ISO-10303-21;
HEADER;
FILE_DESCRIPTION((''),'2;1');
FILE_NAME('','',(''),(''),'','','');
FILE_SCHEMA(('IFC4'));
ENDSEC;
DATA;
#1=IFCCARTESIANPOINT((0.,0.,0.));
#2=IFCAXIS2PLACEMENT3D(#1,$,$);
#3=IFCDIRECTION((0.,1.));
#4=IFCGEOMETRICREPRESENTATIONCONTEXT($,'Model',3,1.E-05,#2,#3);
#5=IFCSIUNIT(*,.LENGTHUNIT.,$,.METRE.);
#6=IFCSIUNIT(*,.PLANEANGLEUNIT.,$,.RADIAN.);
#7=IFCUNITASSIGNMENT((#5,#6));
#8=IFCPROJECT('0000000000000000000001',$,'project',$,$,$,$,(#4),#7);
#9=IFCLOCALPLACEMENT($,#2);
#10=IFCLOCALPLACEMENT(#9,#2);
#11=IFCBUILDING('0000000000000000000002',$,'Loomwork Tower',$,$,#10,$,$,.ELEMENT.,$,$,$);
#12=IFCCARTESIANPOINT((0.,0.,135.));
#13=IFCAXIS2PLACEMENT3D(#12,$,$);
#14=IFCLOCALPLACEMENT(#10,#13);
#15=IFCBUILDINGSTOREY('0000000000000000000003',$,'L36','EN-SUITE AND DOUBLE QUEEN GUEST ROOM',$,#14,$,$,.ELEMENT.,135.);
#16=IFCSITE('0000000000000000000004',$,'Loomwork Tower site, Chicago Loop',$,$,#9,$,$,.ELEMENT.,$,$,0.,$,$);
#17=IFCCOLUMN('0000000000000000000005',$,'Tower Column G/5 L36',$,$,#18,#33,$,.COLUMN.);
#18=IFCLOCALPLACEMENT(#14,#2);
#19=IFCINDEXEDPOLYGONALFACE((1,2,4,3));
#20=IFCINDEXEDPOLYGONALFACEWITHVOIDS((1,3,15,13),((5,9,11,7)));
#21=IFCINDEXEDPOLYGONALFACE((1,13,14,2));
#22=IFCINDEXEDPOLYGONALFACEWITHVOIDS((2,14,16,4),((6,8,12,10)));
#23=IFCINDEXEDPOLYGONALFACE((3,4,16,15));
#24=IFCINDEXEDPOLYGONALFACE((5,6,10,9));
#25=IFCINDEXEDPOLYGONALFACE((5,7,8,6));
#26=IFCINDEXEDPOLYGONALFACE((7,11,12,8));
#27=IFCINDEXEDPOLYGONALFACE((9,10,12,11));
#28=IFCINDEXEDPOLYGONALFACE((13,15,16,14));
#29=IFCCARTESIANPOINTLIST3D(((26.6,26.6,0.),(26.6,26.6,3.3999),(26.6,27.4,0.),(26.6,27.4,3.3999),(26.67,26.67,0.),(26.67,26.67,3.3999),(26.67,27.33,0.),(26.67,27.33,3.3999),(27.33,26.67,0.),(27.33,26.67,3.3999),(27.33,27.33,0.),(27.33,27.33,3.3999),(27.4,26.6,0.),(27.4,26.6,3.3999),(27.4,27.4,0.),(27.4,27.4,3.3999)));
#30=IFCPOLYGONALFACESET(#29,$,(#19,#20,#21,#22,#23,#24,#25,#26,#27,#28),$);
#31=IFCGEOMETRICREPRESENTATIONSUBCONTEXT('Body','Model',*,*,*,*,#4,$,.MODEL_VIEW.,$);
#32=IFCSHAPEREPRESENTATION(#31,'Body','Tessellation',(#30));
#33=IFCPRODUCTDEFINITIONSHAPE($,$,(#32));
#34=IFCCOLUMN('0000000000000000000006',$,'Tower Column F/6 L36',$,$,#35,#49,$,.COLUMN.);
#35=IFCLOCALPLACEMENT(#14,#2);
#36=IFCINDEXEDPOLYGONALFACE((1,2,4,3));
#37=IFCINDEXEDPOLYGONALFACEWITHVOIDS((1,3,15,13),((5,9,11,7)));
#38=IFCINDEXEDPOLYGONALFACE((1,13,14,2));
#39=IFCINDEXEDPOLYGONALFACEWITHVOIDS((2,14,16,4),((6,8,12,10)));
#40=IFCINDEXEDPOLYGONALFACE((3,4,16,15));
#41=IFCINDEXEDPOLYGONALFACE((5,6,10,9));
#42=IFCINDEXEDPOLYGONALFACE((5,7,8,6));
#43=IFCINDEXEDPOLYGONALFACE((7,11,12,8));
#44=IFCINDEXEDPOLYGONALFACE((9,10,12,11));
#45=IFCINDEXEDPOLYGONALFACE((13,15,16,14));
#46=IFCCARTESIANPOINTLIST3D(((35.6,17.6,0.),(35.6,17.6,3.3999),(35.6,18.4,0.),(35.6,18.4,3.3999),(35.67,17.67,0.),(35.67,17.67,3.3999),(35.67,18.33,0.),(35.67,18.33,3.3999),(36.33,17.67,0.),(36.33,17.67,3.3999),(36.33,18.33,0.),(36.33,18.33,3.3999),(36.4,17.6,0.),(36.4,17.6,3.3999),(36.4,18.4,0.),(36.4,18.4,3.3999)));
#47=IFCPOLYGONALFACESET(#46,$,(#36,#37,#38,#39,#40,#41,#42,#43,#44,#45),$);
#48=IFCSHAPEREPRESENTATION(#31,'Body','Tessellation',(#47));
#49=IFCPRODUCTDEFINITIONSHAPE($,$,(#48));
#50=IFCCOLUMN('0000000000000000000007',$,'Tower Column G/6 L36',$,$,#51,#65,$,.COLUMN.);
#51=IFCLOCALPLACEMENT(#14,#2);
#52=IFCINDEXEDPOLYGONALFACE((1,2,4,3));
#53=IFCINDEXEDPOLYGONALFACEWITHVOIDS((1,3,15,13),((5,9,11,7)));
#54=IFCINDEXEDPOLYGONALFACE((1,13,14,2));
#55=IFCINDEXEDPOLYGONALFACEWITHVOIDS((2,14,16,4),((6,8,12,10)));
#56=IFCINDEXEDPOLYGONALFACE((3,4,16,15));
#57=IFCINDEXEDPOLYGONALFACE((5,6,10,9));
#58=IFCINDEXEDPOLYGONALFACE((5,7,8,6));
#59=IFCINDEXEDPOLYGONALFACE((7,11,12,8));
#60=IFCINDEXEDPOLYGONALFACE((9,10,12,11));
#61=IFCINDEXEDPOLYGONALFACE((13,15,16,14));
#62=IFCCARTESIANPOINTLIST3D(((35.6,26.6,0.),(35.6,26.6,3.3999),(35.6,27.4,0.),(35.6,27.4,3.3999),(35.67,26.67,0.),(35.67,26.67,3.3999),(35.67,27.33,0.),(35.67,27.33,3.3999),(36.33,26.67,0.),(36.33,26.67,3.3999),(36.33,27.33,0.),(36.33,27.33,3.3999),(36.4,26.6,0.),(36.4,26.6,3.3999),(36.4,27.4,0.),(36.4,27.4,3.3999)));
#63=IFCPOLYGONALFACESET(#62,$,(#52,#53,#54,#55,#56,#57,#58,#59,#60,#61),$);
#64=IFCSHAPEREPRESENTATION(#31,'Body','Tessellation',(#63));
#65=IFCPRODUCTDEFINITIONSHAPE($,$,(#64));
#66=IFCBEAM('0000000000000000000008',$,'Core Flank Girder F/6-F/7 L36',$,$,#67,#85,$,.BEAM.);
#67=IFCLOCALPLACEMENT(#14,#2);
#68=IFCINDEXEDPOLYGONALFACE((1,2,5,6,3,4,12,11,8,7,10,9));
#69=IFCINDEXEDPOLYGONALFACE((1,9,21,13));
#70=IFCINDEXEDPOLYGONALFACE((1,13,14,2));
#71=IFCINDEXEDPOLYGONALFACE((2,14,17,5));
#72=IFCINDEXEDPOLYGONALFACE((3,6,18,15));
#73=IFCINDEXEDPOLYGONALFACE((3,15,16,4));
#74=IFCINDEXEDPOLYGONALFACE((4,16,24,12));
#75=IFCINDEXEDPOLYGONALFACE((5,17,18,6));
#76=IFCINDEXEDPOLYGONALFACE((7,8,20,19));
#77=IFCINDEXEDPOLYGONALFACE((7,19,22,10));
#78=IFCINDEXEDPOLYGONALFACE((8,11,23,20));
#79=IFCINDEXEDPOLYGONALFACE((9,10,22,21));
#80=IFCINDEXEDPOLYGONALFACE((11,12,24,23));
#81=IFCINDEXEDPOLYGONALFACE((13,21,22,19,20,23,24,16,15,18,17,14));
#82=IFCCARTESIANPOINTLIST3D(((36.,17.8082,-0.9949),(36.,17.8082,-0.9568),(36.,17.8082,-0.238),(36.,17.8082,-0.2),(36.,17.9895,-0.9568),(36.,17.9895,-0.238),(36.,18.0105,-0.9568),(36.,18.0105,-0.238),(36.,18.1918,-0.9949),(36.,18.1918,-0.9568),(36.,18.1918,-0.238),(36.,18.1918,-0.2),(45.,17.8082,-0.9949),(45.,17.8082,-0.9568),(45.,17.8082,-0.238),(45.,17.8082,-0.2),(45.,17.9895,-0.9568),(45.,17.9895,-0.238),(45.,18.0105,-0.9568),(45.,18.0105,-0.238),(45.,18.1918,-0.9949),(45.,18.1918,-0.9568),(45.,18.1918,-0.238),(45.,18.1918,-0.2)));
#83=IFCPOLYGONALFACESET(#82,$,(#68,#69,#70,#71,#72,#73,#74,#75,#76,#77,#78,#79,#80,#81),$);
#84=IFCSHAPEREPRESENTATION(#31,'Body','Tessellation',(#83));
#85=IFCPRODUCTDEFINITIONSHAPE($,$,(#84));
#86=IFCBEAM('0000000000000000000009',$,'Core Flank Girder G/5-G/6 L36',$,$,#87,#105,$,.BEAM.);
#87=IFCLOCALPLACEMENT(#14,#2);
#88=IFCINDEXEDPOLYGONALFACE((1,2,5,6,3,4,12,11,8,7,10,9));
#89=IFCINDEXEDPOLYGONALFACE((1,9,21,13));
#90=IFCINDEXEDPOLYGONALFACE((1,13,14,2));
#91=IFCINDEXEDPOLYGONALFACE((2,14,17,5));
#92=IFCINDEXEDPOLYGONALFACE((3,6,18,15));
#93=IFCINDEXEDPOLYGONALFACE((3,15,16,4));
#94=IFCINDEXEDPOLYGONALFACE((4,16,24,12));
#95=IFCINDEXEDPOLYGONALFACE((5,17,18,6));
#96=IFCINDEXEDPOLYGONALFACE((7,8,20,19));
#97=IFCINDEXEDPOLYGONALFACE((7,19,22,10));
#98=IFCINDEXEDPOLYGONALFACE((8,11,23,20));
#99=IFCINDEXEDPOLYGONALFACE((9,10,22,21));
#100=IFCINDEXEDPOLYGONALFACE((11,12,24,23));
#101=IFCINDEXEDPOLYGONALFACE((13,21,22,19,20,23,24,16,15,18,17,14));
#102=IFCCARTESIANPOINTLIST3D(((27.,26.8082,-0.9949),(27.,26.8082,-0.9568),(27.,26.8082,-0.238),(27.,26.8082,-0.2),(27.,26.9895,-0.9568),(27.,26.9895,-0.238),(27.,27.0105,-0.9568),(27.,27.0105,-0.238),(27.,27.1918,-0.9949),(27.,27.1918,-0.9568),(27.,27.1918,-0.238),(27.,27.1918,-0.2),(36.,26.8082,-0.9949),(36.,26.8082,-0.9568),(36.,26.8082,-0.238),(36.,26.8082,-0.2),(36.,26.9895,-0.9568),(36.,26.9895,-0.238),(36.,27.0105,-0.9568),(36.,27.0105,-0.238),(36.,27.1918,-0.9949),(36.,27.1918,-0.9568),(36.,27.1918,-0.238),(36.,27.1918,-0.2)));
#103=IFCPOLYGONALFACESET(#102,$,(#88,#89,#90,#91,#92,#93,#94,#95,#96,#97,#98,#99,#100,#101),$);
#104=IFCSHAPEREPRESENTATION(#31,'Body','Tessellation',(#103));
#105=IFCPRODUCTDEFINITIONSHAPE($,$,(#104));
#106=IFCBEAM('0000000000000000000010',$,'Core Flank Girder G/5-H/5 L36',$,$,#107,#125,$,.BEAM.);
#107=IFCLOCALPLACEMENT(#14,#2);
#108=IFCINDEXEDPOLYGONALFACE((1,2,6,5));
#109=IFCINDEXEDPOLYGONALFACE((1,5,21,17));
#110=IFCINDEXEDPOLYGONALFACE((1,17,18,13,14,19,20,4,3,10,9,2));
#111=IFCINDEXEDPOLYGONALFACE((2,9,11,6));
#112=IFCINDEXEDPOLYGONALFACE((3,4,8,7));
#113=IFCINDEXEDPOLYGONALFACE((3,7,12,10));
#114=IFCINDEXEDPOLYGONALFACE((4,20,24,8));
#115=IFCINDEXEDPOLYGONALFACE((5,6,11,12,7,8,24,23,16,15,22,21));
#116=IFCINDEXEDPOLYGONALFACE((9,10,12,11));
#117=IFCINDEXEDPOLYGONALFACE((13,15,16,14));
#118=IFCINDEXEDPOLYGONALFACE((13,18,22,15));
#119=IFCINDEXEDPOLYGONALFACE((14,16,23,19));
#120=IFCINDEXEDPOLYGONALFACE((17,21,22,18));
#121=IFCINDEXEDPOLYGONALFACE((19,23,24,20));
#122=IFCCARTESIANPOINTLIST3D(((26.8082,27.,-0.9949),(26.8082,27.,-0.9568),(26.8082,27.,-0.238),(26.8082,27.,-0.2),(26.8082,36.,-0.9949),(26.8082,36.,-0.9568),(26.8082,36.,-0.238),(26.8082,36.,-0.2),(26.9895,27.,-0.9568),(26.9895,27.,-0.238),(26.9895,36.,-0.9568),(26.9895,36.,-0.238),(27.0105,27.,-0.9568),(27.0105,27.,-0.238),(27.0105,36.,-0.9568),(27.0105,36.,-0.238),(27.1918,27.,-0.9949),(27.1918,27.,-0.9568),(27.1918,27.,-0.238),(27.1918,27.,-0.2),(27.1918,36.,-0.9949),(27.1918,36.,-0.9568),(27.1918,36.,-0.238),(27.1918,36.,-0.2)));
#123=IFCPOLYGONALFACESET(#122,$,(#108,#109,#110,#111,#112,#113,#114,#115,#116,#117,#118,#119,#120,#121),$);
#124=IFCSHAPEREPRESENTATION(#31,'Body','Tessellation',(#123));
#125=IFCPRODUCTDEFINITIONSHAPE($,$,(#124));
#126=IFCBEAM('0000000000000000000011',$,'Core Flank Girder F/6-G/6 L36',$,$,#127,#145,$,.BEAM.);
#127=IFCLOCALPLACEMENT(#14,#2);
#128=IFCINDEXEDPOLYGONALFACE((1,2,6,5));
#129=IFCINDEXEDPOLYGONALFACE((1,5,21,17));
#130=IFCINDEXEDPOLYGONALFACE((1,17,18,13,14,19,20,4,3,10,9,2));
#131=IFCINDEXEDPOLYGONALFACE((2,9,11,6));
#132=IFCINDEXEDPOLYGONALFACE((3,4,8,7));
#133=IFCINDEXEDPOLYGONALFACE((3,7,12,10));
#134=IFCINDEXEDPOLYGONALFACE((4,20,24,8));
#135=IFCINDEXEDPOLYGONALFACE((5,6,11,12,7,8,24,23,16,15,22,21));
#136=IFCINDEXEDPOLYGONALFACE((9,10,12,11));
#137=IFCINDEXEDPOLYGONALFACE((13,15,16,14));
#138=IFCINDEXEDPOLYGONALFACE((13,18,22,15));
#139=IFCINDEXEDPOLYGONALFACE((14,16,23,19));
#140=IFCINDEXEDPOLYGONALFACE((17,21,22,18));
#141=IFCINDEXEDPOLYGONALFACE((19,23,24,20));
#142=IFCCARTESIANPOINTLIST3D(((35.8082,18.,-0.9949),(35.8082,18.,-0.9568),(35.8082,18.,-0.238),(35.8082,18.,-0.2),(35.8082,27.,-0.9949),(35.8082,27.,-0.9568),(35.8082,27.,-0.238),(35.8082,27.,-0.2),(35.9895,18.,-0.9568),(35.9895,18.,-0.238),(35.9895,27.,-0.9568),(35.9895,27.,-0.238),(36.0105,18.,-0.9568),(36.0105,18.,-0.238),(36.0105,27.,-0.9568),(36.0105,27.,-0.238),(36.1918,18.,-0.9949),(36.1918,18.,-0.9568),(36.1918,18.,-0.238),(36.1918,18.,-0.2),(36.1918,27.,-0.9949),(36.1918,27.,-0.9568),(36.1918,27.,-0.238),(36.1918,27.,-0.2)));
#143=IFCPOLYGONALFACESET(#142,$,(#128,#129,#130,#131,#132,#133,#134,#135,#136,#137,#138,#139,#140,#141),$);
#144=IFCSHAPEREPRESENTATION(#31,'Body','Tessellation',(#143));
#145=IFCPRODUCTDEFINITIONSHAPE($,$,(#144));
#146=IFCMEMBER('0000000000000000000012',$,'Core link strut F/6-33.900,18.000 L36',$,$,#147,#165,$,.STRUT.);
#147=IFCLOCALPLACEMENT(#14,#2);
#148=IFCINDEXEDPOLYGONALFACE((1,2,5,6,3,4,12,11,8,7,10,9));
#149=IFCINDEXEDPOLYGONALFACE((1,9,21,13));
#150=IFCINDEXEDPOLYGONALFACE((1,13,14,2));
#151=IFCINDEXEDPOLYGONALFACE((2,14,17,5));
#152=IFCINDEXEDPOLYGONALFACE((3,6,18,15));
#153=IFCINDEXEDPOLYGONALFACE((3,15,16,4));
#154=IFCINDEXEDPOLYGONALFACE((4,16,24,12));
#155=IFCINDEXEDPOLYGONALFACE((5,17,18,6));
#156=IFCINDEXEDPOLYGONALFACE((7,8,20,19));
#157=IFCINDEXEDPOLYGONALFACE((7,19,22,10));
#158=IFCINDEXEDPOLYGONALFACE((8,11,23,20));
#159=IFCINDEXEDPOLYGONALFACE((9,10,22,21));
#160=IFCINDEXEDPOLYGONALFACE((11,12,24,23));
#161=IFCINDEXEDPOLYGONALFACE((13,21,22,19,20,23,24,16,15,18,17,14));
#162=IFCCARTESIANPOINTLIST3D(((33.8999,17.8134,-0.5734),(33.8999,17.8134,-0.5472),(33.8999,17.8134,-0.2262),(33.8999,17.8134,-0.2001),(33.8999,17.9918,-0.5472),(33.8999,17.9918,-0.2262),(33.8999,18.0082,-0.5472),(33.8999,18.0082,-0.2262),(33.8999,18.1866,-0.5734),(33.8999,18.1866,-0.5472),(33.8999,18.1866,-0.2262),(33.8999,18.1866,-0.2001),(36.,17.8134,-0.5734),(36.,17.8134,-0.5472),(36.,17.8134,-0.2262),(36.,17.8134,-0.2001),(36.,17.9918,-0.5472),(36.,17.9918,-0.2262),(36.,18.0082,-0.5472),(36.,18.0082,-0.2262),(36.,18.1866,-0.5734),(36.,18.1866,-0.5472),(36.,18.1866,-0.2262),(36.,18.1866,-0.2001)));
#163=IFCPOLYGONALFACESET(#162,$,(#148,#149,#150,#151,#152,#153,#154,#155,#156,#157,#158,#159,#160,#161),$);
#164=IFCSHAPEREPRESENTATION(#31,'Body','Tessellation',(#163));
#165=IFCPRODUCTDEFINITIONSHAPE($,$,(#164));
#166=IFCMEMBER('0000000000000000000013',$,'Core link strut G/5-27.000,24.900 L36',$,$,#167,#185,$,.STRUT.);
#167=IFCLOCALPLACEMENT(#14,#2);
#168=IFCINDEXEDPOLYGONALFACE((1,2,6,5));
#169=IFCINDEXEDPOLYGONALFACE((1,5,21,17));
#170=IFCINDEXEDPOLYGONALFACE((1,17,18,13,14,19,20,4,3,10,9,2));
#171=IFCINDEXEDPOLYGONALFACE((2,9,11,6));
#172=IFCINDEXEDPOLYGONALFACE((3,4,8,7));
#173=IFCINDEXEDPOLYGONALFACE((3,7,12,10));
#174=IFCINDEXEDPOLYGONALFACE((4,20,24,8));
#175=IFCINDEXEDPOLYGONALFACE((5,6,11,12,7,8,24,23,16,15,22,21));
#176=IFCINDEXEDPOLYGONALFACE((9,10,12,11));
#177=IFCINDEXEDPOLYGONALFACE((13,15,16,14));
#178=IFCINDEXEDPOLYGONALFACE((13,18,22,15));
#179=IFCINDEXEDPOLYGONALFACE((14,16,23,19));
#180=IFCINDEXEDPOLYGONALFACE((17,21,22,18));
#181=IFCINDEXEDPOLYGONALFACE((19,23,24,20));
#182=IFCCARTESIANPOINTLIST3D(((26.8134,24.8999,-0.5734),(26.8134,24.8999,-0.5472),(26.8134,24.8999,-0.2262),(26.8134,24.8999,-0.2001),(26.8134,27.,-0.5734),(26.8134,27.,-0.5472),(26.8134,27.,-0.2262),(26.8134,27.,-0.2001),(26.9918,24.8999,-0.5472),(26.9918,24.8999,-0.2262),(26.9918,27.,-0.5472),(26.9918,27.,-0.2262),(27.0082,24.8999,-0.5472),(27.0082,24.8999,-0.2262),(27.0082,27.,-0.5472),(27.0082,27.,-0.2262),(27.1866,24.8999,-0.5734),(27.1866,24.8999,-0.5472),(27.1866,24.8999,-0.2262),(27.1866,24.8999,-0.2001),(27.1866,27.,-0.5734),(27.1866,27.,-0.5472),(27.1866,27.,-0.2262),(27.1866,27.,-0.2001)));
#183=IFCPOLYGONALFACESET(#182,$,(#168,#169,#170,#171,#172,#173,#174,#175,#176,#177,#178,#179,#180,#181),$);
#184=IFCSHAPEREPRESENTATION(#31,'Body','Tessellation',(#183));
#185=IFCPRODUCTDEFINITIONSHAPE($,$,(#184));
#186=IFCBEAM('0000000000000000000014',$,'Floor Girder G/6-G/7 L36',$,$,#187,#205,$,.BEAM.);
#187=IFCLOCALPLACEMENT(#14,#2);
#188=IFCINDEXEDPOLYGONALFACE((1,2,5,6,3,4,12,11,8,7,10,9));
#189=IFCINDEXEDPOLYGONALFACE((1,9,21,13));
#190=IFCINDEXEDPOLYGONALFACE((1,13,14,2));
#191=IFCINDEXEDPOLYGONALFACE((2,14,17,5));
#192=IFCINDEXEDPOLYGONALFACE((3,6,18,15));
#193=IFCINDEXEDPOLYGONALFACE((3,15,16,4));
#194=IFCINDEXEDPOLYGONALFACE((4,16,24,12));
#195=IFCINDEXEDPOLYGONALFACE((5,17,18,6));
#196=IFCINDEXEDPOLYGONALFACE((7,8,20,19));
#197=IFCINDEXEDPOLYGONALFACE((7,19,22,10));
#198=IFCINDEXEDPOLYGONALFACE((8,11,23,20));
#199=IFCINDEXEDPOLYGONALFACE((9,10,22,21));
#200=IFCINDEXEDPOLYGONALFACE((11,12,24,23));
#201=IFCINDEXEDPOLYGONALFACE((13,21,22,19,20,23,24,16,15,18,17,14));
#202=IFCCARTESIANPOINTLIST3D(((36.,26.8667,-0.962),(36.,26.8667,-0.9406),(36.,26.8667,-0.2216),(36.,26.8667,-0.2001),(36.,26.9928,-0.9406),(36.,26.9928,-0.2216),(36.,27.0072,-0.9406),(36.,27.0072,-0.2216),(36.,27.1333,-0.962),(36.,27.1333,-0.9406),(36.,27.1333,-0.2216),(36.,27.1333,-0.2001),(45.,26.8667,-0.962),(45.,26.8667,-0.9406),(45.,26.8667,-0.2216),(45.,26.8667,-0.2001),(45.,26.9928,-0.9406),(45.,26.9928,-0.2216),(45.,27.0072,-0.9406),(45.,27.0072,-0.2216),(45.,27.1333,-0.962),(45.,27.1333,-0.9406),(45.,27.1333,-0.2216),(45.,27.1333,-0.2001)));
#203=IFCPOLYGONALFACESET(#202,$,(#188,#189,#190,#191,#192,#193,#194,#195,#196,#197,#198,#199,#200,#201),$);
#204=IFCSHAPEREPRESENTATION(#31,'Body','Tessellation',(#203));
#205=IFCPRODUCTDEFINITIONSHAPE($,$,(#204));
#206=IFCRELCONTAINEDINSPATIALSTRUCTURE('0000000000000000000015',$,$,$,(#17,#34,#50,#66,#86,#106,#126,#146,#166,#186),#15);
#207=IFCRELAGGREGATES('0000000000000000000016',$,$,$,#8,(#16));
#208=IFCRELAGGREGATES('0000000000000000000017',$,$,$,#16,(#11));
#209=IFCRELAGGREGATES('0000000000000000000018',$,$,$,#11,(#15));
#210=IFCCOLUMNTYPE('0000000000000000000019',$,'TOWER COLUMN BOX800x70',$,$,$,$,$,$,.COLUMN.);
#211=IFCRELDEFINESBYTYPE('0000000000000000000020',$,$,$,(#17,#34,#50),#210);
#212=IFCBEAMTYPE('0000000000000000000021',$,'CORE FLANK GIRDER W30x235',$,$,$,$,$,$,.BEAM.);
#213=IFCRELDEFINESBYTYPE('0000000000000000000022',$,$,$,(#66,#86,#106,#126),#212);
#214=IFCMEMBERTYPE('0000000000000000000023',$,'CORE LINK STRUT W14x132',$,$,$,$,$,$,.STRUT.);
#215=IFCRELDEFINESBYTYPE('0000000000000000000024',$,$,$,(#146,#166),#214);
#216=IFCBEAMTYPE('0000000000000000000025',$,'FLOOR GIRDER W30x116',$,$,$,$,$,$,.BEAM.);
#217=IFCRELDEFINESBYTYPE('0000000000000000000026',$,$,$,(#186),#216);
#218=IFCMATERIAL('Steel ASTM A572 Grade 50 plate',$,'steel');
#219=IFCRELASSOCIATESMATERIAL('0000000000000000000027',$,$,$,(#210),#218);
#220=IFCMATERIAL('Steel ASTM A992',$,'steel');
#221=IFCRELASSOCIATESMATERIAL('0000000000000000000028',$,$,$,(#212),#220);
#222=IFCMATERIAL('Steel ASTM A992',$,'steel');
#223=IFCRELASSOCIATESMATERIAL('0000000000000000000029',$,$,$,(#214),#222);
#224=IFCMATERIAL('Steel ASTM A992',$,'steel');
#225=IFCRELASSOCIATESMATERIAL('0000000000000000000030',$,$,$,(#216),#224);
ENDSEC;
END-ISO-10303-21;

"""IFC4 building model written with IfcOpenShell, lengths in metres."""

from ifc_helpers import new_model, si_unit, direction, frame, origin, origin_2d, place, context, subcontext, project, spatial, hollow_rectangle, i_section, extrude, material, material_profile, profile_set, type_object, element, save


model = new_model("IFC4")

# Units and contexts
model_context = context("Model", 3, precision=1e-05, world=origin(), true_north=direction((0.0, 1.0)))
body_context = subcontext(model_context, "Body", "Model", "MODEL_VIEW")
ifc_project = project(units=[si_unit("LENGTHUNIT", "METRE"), si_unit("PLANEANGLEUNIT", "RADIAN")], contexts=[model_context])

# Site, building, storey
site_placement = place(None, origin())
site = spatial("IfcSite", under=ifc_project, at=site_placement, Name="Loomwork Tower site, Chicago Loop", CompositionType="ELEMENT", RefElevation=0.0)
building_placement = place(site_placement, origin())
building = spatial("IfcBuilding", under=site, at=building_placement, Name="Loomwork Tower", CompositionType="ELEMENT")
storey_placement = place(building_placement, frame((0.0, 0.0, 135.0)))
storey = spatial("IfcBuildingStorey", under=building, at=storey_placement, Name="L36", Description="EN-SUITE AND DOUBLE QUEEN GUEST ROOM", CompositionType="ELEMENT", Elevation=135.0)

# Columns
ifc_material_1 = material(Name="Steel ASTM A572 Grade 50 plate", Category="steel")
ifc_material_profile_1 = material_profile(ifc_material_1, hollow_rectangle(XDim=0.8, YDim=0.8, WallThickness=0.0701, at=origin_2d()), Name="BOX800x70")
ifc_profile_set_1 = profile_set([ifc_material_profile_1], Name="Steel ASTM A572 Grade 50 plate")
column_type = type_object("IfcColumnType", Name="TOWER COLUMN BOX800x70", PredefinedType="COLUMN", material=ifc_profile_set_1)
for number, where, z_axis, x_axis, name in (
    (1, (27.0, 27.0, 0.0), (0.0, 0.0, 1.0), (1.0, 0.0, 0.0), "Tower Column G/5 L36"),
    (2, (36.0, 18.0, 0.0), (0.0, 0.0, 1.0), (0.0, 1.0, 0.0), "Tower Column F/6 L36"),
    (3, (36.0, 27.0, 0.0), (0.0, 0.0, 1.0), (1.0, 0.0, 0.0), "Tower Column G/6 L36"),
):
    element("IfcColumn", number, at=place(storey_placement, frame(where, z_axis=z_axis, x_axis=x_axis)), inside=storey, type_object=column_type, Name=name, PredefinedType="COLUMN", context=body_context, shape_type="SweptSolid", body=[
        extrude(hollow_rectangle(XDim=0.8, YDim=0.8, WallThickness=0.0701, at=origin_2d()), origin(), (0.0, 0.0, 1.0), 3.3999),
    ])

# Beams
ifc_material_2 = material(Name="Steel ASTM A992", Category="steel")
ifc_material_profile_2 = material_profile(ifc_material_2, i_section(OverallWidth=0.3835, OverallDepth=0.7949, WebThickness=0.021, FlangeThickness=0.0381, at=origin_2d()), Name="W30x235")
ifc_profile_set_2 = profile_set([ifc_material_profile_2], Name="Steel ASTM A992")
beam_type_1 = type_object("IfcBeamType", Name="CORE FLANK GIRDER W30x235", PredefinedType="BEAM", material=ifc_profile_set_2)
for number, where, z_axis, x_axis, name in (
    (4, (36.0, 18.0, -0.5974), (1.0, 0.0, 0.0), (0.0, 1.0, 0.0), "Core Flank Girder F/6-F/7 L36"),
    (5, (27.0, 27.0, -0.5974), (1.0, 0.0, 0.0), (0.0, 1.0, 0.0), "Core Flank Girder G/5-G/6 L36"),
    (6, (27.0, 27.0, -0.5974), (0.0, 1.0, 0.0), (-1.0, 0.0, 0.0), "Core Flank Girder G/5-H/5 L36"),
    (7, (36.0, 18.0, -0.5974), (0.0, 1.0, 0.0), (-1.0, 0.0, 0.0), "Core Flank Girder F/6-G/6 L36"),
):
    element("IfcBeam", number, at=place(storey_placement, frame(where, z_axis=z_axis, x_axis=x_axis)), inside=storey, type_object=beam_type_1, Name=name, PredefinedType="BEAM", context=body_context, shape_type="SweptSolid", body=[
        extrude(i_section(OverallWidth=0.3835, OverallDepth=0.7949, WebThickness=0.021, FlangeThickness=0.0381, at=origin_2d()), origin(), (0.0, 0.0, 1.0), 9.0),
    ])

# Members
ifc_material_3 = material(Name="Steel ASTM A992", Category="steel")
ifc_material_profile_3 = material_profile(ifc_material_3, i_section(OverallWidth=0.3733, OverallDepth=0.3733, WebThickness=0.0164, FlangeThickness=0.0261, at=origin_2d()), Name="W14x132")
ifc_profile_set_3 = profile_set([ifc_material_profile_3], Name="Steel ASTM A992")
member_type = type_object("IfcMemberType", Name="CORE LINK STRUT W14x132", PredefinedType="STRUT", material=ifc_profile_set_3)
for number, where, z_axis, x_axis, name in (
    (8, (36.0, 18.0, -0.3867), (-1.0, 0.0, 0.0), (0.0, -1.0, 0.0), "Core link strut F/6-33.900,18.000 L36"),
    (9, (27.0, 27.0, -0.3867), (0.0, -1.0, 0.0), (1.0, 0.0, 0.0), "Core link strut G/5-27.000,24.900 L36"),
):
    element("IfcMember", number, at=place(storey_placement, frame(where, z_axis=z_axis, x_axis=x_axis)), inside=storey, type_object=member_type, Name=name, PredefinedType="STRUT", context=body_context, shape_type="SweptSolid", body=[
        extrude(i_section(OverallWidth=0.3733, OverallDepth=0.3733, WebThickness=0.0164, FlangeThickness=0.0261, at=origin_2d()), origin(), (0.0, 0.0, 1.0), 2.1001),
    ])

# Beam
ifc_material_4 = material(Name="Steel ASTM A992", Category="steel")
ifc_material_profile_4 = material_profile(ifc_material_4, i_section(OverallWidth=0.2666, OverallDepth=0.762, WebThickness=0.0144, FlangeThickness=0.0215, at=origin_2d()), Name="W30x116")
ifc_profile_set_4 = profile_set([ifc_material_profile_4], Name="Steel ASTM A992")
beam_type_2 = type_object("IfcBeamType", Name="FLOOR GIRDER W30x116", PredefinedType="BEAM", material=ifc_profile_set_4)
for number, where, z_axis, x_axis, name in (
    (10, (36.0, 27.0, -0.5811), (1.0, 0.0, 0.0), (0.0, 1.0, 0.0), "Floor Girder G/6-G/7 L36"),
):
    element("IfcBeam", number, at=place(storey_placement, frame(where, z_axis=z_axis, x_axis=x_axis)), inside=storey, type_object=beam_type_2, Name=name, PredefinedType="BEAM", context=body_context, shape_type="SweptSolid", body=[
        extrude(i_section(OverallWidth=0.2666, OverallDepth=0.762, WebThickness=0.0144, FlangeThickness=0.0215, at=origin_2d()), origin(), (0.0, 0.0, 1.0), 9.0),
    ])

save(model, "model.ifc")
